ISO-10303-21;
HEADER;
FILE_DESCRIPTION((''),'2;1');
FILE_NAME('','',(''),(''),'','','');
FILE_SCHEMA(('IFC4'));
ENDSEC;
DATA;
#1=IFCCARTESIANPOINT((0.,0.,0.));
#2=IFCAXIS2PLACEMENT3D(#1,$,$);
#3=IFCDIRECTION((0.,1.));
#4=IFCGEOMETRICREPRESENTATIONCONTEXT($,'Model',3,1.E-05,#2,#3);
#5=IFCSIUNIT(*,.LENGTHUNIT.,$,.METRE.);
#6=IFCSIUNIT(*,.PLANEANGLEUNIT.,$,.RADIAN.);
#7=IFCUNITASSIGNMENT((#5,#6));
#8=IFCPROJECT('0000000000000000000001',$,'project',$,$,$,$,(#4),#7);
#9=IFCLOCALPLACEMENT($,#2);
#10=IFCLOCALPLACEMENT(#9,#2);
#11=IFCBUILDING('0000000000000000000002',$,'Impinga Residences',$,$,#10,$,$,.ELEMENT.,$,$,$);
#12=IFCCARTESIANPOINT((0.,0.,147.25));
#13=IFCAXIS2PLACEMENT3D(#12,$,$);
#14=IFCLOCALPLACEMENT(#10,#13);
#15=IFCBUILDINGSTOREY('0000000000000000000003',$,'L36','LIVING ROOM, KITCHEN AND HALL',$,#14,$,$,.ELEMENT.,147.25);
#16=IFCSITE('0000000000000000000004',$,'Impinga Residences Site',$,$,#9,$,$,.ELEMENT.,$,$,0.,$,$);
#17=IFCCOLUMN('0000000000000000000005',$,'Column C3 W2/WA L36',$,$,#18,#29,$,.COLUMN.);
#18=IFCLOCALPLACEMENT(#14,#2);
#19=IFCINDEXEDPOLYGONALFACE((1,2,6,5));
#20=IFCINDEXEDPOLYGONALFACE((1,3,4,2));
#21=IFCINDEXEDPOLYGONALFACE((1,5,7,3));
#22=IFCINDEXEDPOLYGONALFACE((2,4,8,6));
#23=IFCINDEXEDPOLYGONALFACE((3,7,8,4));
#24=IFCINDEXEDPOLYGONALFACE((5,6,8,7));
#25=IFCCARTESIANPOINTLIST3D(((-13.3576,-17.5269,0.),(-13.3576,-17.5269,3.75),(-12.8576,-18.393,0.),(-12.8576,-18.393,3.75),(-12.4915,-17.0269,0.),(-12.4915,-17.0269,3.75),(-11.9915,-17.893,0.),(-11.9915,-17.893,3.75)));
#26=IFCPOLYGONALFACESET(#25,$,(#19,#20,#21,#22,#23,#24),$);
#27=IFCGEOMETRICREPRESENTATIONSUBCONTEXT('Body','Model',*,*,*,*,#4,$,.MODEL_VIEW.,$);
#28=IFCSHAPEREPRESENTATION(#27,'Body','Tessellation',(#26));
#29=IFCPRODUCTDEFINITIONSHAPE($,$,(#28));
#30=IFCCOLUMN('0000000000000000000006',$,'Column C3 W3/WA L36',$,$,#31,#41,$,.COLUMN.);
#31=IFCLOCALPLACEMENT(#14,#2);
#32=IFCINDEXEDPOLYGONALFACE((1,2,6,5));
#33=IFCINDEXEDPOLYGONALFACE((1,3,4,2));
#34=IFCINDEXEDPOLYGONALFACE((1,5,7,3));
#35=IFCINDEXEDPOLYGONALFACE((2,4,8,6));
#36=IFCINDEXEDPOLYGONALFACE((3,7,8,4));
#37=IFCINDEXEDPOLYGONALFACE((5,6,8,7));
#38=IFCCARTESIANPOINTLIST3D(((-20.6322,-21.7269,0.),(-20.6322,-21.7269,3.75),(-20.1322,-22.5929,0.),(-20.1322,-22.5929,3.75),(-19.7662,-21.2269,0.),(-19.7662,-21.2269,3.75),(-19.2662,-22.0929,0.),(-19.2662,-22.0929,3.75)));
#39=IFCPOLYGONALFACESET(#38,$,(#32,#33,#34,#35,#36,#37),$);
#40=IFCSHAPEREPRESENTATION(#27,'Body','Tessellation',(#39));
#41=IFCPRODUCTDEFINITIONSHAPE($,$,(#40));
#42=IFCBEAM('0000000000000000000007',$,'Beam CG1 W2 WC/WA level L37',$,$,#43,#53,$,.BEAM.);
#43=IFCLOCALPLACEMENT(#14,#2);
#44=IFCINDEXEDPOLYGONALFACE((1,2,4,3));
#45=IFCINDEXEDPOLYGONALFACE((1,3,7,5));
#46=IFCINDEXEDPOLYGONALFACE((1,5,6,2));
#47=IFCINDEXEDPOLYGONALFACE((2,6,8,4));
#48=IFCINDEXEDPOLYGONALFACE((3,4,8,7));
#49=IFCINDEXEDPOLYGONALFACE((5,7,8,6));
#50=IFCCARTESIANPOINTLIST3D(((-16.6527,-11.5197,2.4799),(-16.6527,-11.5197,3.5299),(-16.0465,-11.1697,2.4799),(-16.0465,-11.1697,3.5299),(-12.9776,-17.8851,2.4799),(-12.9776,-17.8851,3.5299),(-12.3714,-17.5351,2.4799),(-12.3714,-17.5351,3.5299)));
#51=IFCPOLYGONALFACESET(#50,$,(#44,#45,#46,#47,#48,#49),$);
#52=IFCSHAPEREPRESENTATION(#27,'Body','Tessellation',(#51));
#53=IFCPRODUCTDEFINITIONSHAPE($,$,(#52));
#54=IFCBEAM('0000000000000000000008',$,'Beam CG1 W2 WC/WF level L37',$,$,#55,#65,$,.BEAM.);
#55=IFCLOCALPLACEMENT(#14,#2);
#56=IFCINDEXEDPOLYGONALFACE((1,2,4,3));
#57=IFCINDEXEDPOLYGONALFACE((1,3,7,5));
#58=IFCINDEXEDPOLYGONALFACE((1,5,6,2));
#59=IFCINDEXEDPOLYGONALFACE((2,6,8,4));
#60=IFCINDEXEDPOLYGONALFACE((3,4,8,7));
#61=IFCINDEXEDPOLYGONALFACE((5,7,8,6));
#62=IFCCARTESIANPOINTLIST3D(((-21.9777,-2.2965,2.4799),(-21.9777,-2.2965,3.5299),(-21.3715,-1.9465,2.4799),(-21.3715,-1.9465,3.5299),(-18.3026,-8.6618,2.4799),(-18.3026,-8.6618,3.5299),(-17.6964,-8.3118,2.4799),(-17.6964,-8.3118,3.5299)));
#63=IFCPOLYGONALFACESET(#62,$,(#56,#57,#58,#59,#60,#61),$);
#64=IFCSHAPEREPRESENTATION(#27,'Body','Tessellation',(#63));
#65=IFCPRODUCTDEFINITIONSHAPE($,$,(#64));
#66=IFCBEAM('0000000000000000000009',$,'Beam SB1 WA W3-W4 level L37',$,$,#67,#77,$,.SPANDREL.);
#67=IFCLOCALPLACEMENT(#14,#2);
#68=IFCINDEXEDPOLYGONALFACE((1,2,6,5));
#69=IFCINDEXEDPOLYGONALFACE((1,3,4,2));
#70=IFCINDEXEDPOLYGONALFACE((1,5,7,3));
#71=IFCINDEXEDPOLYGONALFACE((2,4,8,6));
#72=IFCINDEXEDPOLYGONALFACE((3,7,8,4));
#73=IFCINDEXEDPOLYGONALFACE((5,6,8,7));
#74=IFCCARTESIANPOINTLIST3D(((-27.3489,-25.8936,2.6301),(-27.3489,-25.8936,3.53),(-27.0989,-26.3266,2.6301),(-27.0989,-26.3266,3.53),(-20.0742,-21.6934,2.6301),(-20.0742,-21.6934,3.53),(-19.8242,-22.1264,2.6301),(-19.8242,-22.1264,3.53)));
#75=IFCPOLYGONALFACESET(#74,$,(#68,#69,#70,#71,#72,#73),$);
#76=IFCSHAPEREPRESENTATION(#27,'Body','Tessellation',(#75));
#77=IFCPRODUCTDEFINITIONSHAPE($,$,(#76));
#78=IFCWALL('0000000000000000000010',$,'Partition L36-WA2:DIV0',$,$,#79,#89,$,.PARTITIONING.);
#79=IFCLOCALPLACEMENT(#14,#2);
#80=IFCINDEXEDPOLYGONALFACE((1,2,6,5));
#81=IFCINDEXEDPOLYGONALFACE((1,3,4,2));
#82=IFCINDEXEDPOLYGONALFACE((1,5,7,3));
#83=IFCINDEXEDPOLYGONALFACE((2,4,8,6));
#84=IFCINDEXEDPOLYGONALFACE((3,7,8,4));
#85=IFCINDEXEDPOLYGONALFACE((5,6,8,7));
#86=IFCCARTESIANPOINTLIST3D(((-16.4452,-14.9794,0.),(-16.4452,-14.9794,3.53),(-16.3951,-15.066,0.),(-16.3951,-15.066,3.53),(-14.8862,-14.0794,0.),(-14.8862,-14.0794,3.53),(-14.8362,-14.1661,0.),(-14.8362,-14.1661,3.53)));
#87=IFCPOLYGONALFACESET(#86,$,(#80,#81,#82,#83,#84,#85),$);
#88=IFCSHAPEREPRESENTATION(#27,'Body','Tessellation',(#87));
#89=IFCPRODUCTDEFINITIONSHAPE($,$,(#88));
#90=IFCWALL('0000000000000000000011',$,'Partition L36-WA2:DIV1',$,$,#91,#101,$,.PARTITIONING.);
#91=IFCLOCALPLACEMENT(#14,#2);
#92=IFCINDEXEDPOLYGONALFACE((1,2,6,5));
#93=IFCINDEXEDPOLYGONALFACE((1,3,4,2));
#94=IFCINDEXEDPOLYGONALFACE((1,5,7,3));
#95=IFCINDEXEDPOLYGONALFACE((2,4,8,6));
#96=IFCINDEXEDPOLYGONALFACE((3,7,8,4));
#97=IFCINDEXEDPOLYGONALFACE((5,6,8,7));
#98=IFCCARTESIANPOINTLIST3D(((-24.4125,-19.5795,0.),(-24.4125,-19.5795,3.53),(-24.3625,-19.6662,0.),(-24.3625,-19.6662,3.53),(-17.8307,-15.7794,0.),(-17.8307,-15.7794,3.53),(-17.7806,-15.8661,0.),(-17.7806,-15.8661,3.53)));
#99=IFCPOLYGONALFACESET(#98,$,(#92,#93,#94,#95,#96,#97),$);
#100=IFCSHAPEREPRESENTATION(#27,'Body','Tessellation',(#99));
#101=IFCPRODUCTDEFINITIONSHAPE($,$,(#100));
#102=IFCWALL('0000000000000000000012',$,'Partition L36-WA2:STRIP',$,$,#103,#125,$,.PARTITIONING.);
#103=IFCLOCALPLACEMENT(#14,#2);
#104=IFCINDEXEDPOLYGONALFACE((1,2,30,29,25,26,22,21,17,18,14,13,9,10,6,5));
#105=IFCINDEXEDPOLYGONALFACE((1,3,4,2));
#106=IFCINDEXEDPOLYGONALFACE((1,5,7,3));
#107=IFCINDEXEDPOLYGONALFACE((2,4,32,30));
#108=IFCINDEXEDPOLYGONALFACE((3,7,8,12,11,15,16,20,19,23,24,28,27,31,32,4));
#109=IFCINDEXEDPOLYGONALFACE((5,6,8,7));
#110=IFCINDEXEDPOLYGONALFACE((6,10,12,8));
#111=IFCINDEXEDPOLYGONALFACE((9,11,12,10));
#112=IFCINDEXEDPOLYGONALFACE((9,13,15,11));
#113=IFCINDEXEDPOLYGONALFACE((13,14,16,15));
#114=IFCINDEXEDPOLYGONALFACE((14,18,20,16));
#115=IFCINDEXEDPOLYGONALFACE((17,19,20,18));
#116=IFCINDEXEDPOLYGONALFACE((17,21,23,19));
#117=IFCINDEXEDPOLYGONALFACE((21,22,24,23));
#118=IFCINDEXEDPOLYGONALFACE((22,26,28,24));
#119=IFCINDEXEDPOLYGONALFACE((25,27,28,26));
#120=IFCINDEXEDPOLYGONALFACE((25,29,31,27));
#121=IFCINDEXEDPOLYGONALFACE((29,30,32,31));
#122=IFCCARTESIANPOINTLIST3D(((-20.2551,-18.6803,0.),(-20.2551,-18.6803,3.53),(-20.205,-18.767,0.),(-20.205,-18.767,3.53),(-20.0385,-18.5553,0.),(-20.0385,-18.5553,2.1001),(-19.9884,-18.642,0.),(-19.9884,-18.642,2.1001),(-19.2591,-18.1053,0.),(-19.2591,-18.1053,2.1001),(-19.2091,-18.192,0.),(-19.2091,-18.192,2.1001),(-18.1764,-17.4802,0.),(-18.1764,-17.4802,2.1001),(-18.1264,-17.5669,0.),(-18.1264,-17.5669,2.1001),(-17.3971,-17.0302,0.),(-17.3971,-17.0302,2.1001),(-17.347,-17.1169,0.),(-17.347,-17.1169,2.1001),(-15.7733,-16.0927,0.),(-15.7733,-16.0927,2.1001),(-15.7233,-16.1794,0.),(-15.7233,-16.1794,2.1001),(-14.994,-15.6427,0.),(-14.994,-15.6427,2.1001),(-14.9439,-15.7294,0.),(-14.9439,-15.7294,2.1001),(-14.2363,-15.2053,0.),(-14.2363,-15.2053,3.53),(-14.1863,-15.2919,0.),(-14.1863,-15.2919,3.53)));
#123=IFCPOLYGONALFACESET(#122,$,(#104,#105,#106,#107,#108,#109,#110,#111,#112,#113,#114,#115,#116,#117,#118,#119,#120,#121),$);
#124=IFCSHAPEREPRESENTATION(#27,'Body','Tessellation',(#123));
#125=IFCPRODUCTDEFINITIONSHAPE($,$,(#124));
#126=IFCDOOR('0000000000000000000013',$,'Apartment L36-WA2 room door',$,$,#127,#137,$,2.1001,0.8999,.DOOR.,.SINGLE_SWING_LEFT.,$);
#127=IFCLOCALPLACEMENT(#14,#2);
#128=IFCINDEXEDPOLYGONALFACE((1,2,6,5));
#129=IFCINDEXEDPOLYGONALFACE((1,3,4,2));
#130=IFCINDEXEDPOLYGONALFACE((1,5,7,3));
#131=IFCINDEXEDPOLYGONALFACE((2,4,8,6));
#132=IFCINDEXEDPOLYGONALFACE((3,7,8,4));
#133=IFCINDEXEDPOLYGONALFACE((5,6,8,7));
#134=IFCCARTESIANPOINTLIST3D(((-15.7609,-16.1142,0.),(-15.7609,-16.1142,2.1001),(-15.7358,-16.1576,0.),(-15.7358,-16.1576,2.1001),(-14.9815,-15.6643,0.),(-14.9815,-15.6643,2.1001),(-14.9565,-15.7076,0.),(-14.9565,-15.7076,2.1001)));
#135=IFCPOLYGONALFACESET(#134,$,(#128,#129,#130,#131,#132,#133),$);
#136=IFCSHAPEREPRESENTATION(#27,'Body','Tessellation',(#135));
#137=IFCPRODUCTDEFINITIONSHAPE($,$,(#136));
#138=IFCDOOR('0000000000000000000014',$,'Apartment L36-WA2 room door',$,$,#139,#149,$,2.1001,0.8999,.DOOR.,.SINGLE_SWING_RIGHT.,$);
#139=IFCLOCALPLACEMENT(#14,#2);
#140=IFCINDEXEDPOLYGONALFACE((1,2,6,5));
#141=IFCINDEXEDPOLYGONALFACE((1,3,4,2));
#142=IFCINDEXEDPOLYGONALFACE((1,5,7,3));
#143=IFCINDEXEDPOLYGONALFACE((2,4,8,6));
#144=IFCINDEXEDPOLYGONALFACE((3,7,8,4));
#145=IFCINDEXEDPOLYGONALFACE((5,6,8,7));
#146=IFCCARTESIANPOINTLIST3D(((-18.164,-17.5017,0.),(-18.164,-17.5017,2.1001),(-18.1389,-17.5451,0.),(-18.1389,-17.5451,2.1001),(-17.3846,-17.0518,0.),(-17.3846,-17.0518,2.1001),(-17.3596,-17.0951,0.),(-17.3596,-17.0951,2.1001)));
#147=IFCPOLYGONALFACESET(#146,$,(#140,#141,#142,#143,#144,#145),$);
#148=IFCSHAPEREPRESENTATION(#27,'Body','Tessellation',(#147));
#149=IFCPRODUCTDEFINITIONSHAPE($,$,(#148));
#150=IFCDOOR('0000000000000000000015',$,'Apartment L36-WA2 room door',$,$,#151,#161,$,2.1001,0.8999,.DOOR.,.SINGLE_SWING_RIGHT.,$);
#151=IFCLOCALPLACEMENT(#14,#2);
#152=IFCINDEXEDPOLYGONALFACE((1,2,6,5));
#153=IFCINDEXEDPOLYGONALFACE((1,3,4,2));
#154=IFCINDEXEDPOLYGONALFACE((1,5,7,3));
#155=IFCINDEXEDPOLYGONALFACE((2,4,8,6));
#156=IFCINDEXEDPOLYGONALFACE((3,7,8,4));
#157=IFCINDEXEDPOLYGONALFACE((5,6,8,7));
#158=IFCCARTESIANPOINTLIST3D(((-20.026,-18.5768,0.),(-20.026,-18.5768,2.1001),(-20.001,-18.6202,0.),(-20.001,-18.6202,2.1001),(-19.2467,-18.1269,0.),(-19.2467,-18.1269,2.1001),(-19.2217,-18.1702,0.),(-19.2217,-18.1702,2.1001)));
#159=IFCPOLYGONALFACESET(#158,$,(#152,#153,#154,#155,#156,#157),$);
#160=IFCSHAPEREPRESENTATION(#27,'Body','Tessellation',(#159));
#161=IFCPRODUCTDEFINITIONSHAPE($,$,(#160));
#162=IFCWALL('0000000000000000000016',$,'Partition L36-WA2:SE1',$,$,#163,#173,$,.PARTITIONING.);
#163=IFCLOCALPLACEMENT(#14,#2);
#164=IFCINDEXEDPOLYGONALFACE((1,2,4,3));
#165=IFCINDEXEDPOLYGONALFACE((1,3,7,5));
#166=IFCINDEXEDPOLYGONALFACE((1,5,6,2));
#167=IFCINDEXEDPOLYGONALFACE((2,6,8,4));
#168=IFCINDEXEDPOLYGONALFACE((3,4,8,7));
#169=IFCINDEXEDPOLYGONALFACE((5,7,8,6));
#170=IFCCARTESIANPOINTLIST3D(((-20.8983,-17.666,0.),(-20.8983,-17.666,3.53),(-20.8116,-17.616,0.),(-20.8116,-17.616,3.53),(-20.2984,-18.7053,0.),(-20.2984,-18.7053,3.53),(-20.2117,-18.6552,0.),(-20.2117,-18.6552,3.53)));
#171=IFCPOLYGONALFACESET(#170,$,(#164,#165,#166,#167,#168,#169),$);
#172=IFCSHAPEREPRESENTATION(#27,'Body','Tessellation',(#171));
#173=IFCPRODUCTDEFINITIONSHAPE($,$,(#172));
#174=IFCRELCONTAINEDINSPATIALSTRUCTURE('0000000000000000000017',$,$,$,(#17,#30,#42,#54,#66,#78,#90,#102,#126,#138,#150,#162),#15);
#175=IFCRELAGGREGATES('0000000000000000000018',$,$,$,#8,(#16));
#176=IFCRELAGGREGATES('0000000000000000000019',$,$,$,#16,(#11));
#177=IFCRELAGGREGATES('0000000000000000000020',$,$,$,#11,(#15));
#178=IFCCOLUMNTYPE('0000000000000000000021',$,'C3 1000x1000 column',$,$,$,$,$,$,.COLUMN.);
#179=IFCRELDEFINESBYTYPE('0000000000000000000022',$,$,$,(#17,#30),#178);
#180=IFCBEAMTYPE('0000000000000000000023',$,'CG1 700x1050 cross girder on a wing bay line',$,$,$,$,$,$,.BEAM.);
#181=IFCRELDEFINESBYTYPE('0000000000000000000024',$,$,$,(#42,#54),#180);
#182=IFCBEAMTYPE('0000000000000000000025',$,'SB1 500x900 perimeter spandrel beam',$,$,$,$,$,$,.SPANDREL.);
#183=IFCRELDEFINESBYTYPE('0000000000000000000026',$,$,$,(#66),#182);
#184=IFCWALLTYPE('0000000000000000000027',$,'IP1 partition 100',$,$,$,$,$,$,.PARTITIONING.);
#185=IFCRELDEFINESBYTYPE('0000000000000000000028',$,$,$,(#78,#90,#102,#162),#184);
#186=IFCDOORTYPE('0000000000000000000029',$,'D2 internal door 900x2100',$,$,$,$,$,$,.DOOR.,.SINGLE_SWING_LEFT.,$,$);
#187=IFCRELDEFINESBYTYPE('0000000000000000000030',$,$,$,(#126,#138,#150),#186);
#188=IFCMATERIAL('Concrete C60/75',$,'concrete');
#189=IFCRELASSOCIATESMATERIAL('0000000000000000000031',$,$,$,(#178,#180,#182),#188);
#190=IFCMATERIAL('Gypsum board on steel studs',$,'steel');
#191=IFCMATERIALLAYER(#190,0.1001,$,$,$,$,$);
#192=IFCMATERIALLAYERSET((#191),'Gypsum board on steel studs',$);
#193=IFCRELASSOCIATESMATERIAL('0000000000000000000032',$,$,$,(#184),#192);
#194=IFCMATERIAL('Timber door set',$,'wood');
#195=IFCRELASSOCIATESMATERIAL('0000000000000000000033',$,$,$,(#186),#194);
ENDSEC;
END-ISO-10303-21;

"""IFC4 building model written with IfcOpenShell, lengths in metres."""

from ifc_helpers import new_model, si_unit, direction, frame, frame_2d, origin, origin_2d, place, context, subcontext, project, spatial, rectangle, extrude, material, layer, layer_set, material_profile, profile_set, type_object, element, fill, save


model = new_model("IFC4")

# Units and contexts
model_context = context("Model", 3, precision=1e-05, world=origin(), true_north=direction((0.0, 1.0)))
body_context = subcontext(model_context, "Body", "Model", "MODEL_VIEW")
ifc_project = project(units=[si_unit("LENGTHUNIT", "METRE"), si_unit("PLANEANGLEUNIT", "RADIAN")], contexts=[model_context])

# Site, building, storey
site_placement = place(None, origin())
site = spatial("IfcSite", under=ifc_project, at=site_placement, Name="Impinga Residences Site", CompositionType="ELEMENT", RefElevation=0.0)
building_placement = place(site_placement, origin())
building = spatial("IfcBuilding", under=site, at=building_placement, Name="Impinga Residences", CompositionType="ELEMENT")
storey_placement = place(building_placement, frame((0.0, 0.0, 147.25)))
storey = spatial("IfcBuildingStorey", under=building, at=storey_placement, Name="L36", Description="LIVING ROOM, KITCHEN AND HALL", CompositionType="ELEMENT", Elevation=147.25)

# Columns
ifc_material_1 = material(Name="Concrete C60/75", Category="concrete")
ifc_material_profile_1 = material_profile(ifc_material_1, rectangle(XDim=1.0, YDim=1.0, at=origin_2d()), Name="RC 1000x1000")
ifc_profile_set_1 = profile_set([ifc_material_profile_1], Name="Concrete C60/75")
column_type = type_object("IfcColumnType", Name="C3 1000x1000 column", PredefinedType="COLUMN", material=ifc_profile_set_1)
for number, where, z_axis, x_axis, name in (
    (1, (-12.6746, -17.71, 0.0), (0.0, 0.0, 1.0), (-0.5, 0.866025, 0.0), "Column C3 W2/WA L36"),
    (2, (-19.9492, -21.9099, 0.0), (0.0, 0.0, 1.0), (-0.5, 0.866025, 0.0), "Column C3 W3/WA L36"),
):
    element("IfcColumn", number, at=place(storey_placement, frame(where, z_axis=z_axis, x_axis=x_axis)), inside=storey, type_object=column_type, Name=name, PredefinedType="COLUMN", context=body_context, shape_type="SweptSolid", body=[
        extrude(rectangle(XDim=1.0, YDim=1.0, at=origin_2d()), origin(), (0.0, 0.0, 1.0), 3.75),
    ])

# Beams
ifc_material_profile_2 = material_profile(ifc_material_1, rectangle(XDim=0.7, YDim=1.05, at=origin_2d()), Name="RC 700x1050")
ifc_profile_set_2 = profile_set([ifc_material_profile_2], Name="Concrete C60/75")
beam_type_1 = type_object("IfcBeamType", Name="CG1 700x1050 cross girder on a wing bay line", PredefinedType="BEAM", material=ifc_profile_set_2)
for number, where, z_axis, x_axis, name in (
    (3, (-16.3496, -11.3447, 3.0049), (0.500008, -0.866021, 0.0), (0.866021, 0.500008, 0.0), "Beam CG1 W2 WC/WA level L37"),
    (4, (-17.9995, -8.4868, 3.0049), (-0.500008, 0.866021, 0.0), (-0.866021, -0.500008, 0.0), "Beam CG1 W2 WC/WF level L37"),
):
    element("IfcBeam", number, at=place(storey_placement, frame(where, z_axis=z_axis, x_axis=x_axis)), inside=storey, type_object=beam_type_1, Name=name, PredefinedType="BEAM", context=body_context, shape_type="SweptSolid", body=[
        extrude(rectangle(XDim=0.7, YDim=1.05, at=origin_2d()), origin(), (0.0, 0.0, 1.0), 7.3501),
    ])
ifc_material_profile_3 = material_profile(ifc_material_1, rectangle(XDim=0.5, YDim=0.8999, at=origin_2d()), Name="RC 500x900")
ifc_profile_set_3 = profile_set([ifc_material_profile_3], Name="Concrete C60/75")
beam_type_2 = type_object("IfcBeamType", Name="SB1 500x900 perimeter spandrel beam", PredefinedType="SPANDREL", material=ifc_profile_set_3)
beam_placement = place(storey_placement, frame((-19.9492, -21.9099, 3.0801), z_axis=(-0.866017, -0.500015, 0.0), x_axis=(0.500015, -0.866017, 0.0)))
element("IfcBeam", 5, at=beam_placement, inside=storey, type_object=beam_type_2, Name="Beam SB1 WA W3-W4 level L37", PredefinedType="SPANDREL", context=body_context, shape_type="SweptSolid", body=[
    extrude(rectangle(XDim=0.5, YDim=0.8999, at=origin_2d()), origin(), (0.0, 0.0, 1.0), 8.4001),
])

# Walls
ifc_material_2 = material(Name="Gypsum board on steel studs", Category="steel")
ifc_layer_1 = layer(ifc_material_2, 0.1001)
ifc_layer_set_1 = layer_set([ifc_layer_1], Name="Gypsum board on steel studs")
wall_type_1 = type_object("IfcWallType", Name="IP1 partition 100", PredefinedType="PARTITIONING", material=ifc_layer_set_1)
wall_1_placement = place(storey_placement, frame((-14.8613, -14.1228, 0.0), z_axis=(0.0, 0.0, 1.0), x_axis=(-0.866048, -0.499961, 0.0)))
element("IfcWall", 6, at=wall_1_placement, inside=storey, type_object=wall_type_1, Name="Partition L36-WA2:DIV0", PredefinedType="PARTITIONING", context=body_context, shape_type="SweptSolid", body=[
    extrude(rectangle(XDim=1.8, YDim=0.1001, at=frame_2d((0.8999, 0.0))), origin(), (0.0, 0.0, 1.0), 3.53),
])
wall_2_placement = place(storey_placement, frame((-17.8057, -15.8228, 0.0), z_axis=(0.0, 0.0, 1.0), x_axis=(-0.866022, -0.500005, 0.0)))
element("IfcWall", 7, at=wall_2_placement, inside=storey, type_object=wall_type_1, Name="Partition L36-WA2:DIV1", PredefinedType="PARTITIONING", context=body_context, shape_type="SweptSolid", body=[
    extrude(rectangle(XDim=7.6001, YDim=0.1001, at=frame_2d((3.8, 0.0))), origin(), (0.0, 0.0, 1.0), 3.53),
])

# Wall, openings, doors
wall_3_placement = place(storey_placement, frame((-14.2112, -15.2485, 0.0), z_axis=(0.0, 0.0, 1.0), x_axis=(-0.866017, -0.500015, 0.0)))
wall_3 = element("IfcWall", 8, at=wall_3_placement, inside=storey, type_object=wall_type_1, Name="Partition L36-WA2:STRIP", PredefinedType="PARTITIONING", context=body_context, shape_type="SweptSolid", body=[
    extrude(rectangle(XDim=6.95, YDim=0.1001, at=frame_2d((3.4751, 0.0))), origin(), (0.0, 0.0, 1.0), 3.53),
])
opening_1_placement = place(wall_3_placement, frame((0.875, 0.0, 0.0)))
opening_1 = element("IfcOpeningElement", 9, at=opening_1_placement, cuts=wall_3, PredefinedType="OPENING", context=body_context, shape_type="SweptSolid", body=[
    extrude(rectangle(XDim=0.8999, YDim=2.1001, at=frame_2d((0.45, 1.05))), frame((0.0, 0.0601, 0.0), z_axis=(0.0, -1.0, 0.0), x_axis=(1.0, 0.0, 0.0)), (0.0, 0.0, 1.0), 0.1201),
])
opening_2_placement = place(wall_3_placement, frame((3.6499, 0.0, 0.0)))
opening_2 = element("IfcOpeningElement", 10, at=opening_2_placement, cuts=wall_3, PredefinedType="OPENING", context=body_context, shape_type="SweptSolid", body=[
    extrude(rectangle(XDim=0.8999, YDim=2.1001, at=frame_2d((0.45, 1.05))), frame((0.0, 0.0601, 0.0), z_axis=(0.0, -1.0, 0.0), x_axis=(1.0, 0.0, 0.0)), (0.0, 0.0, 1.0), 0.1201),
])
opening_3_placement = place(wall_3_placement, frame((5.8, 0.0, 0.0)))
opening_3 = element("IfcOpeningElement", 11, at=opening_3_placement, cuts=wall_3, PredefinedType="OPENING", context=body_context, shape_type="SweptSolid", body=[
    extrude(rectangle(XDim=0.8999, YDim=2.1001, at=frame_2d((0.45, 1.05))), frame((0.0, 0.0601, 0.0), z_axis=(0.0, -1.0, 0.0), x_axis=(1.0, 0.0, 0.0)), (0.0, 0.0, 1.0), 0.1201),
])
ifc_material_3 = material(Name="Timber door set", Category="wood")
door_type = type_object("IfcDoorType", Name="D2 internal door 900x2100", OperationType="SINGLE_SWING_LEFT", PredefinedType="DOOR", material=ifc_material_3)
door_1_placement = place(opening_1_placement, origin())
door_1 = element("IfcDoor", 12, at=door_1_placement, inside=storey, type_object=door_type, Name="Apartment L36-WA2 room door", OperationType="SINGLE_SWING_LEFT", OverallHeight=2.1001, OverallWidth=0.8999, PredefinedType="DOOR", context=body_context, shape_type="SweptSolid", body=[
    extrude(rectangle(XDim=0.8999, YDim=2.1001, at=frame_2d((0.45, 1.05))), frame((0.0, 0.0249, 0.0), z_axis=(0.0, -1.0, 0.0), x_axis=(1.0, 0.0, 0.0)), (0.0, 0.0, 1.0), 0.05),
])
fill(opening_1, door_1)
door_2_placement = place(opening_2_placement, origin())
door_2 = element("IfcDoor", 13, at=door_2_placement, inside=storey, type_object=door_type, Name="Apartment L36-WA2 room door", OperationType="SINGLE_SWING_RIGHT", OverallHeight=2.1001, OverallWidth=0.8999, PredefinedType="DOOR", context=body_context, shape_type="SweptSolid", body=[
    extrude(rectangle(XDim=0.8999, YDim=2.1001, at=frame_2d((0.45, 1.05))), frame((0.0, 0.0249, 0.0), z_axis=(0.0, -1.0, 0.0), x_axis=(1.0, 0.0, 0.0)), (0.0, 0.0, 1.0), 0.05),
])
fill(opening_2, door_2)
door_3_placement = place(opening_3_placement, origin())
door_3 = element("IfcDoor", 14, at=door_3_placement, inside=storey, type_object=door_type, Name="Apartment L36-WA2 room door", OperationType="SINGLE_SWING_RIGHT", OverallHeight=2.1001, OverallWidth=0.8999, PredefinedType="DOOR", context=body_context, shape_type="SweptSolid", body=[
    extrude(rectangle(XDim=0.8999, YDim=2.1001, at=frame_2d((0.45, 1.05))), frame((0.0, 0.0249, 0.0), z_axis=(0.0, -1.0, 0.0), x_axis=(1.0, 0.0, 0.0)), (0.0, 0.0, 1.0), 0.05),
])
fill(opening_3, door_3)

# Wall
wall_4_placement = place(storey_placement, frame((-20.855, -17.6409, 0.0), z_axis=(0.0, 0.0, 1.0), x_axis=(0.499881, -0.866094, 0.0)))
element("IfcWall", 15, at=wall_4_placement, inside=storey, type_object=wall_type_1, Name="Partition L36-WA2:SE1", PredefinedType="PARTITIONING", context=body_context, shape_type="SweptSolid", body=[
    extrude(rectangle(XDim=1.2, YDim=0.1001, at=frame_2d((0.6001, 0.0))), origin(), (0.0, 0.0, 1.0), 3.53),
])

save(model, "model.ifc")
